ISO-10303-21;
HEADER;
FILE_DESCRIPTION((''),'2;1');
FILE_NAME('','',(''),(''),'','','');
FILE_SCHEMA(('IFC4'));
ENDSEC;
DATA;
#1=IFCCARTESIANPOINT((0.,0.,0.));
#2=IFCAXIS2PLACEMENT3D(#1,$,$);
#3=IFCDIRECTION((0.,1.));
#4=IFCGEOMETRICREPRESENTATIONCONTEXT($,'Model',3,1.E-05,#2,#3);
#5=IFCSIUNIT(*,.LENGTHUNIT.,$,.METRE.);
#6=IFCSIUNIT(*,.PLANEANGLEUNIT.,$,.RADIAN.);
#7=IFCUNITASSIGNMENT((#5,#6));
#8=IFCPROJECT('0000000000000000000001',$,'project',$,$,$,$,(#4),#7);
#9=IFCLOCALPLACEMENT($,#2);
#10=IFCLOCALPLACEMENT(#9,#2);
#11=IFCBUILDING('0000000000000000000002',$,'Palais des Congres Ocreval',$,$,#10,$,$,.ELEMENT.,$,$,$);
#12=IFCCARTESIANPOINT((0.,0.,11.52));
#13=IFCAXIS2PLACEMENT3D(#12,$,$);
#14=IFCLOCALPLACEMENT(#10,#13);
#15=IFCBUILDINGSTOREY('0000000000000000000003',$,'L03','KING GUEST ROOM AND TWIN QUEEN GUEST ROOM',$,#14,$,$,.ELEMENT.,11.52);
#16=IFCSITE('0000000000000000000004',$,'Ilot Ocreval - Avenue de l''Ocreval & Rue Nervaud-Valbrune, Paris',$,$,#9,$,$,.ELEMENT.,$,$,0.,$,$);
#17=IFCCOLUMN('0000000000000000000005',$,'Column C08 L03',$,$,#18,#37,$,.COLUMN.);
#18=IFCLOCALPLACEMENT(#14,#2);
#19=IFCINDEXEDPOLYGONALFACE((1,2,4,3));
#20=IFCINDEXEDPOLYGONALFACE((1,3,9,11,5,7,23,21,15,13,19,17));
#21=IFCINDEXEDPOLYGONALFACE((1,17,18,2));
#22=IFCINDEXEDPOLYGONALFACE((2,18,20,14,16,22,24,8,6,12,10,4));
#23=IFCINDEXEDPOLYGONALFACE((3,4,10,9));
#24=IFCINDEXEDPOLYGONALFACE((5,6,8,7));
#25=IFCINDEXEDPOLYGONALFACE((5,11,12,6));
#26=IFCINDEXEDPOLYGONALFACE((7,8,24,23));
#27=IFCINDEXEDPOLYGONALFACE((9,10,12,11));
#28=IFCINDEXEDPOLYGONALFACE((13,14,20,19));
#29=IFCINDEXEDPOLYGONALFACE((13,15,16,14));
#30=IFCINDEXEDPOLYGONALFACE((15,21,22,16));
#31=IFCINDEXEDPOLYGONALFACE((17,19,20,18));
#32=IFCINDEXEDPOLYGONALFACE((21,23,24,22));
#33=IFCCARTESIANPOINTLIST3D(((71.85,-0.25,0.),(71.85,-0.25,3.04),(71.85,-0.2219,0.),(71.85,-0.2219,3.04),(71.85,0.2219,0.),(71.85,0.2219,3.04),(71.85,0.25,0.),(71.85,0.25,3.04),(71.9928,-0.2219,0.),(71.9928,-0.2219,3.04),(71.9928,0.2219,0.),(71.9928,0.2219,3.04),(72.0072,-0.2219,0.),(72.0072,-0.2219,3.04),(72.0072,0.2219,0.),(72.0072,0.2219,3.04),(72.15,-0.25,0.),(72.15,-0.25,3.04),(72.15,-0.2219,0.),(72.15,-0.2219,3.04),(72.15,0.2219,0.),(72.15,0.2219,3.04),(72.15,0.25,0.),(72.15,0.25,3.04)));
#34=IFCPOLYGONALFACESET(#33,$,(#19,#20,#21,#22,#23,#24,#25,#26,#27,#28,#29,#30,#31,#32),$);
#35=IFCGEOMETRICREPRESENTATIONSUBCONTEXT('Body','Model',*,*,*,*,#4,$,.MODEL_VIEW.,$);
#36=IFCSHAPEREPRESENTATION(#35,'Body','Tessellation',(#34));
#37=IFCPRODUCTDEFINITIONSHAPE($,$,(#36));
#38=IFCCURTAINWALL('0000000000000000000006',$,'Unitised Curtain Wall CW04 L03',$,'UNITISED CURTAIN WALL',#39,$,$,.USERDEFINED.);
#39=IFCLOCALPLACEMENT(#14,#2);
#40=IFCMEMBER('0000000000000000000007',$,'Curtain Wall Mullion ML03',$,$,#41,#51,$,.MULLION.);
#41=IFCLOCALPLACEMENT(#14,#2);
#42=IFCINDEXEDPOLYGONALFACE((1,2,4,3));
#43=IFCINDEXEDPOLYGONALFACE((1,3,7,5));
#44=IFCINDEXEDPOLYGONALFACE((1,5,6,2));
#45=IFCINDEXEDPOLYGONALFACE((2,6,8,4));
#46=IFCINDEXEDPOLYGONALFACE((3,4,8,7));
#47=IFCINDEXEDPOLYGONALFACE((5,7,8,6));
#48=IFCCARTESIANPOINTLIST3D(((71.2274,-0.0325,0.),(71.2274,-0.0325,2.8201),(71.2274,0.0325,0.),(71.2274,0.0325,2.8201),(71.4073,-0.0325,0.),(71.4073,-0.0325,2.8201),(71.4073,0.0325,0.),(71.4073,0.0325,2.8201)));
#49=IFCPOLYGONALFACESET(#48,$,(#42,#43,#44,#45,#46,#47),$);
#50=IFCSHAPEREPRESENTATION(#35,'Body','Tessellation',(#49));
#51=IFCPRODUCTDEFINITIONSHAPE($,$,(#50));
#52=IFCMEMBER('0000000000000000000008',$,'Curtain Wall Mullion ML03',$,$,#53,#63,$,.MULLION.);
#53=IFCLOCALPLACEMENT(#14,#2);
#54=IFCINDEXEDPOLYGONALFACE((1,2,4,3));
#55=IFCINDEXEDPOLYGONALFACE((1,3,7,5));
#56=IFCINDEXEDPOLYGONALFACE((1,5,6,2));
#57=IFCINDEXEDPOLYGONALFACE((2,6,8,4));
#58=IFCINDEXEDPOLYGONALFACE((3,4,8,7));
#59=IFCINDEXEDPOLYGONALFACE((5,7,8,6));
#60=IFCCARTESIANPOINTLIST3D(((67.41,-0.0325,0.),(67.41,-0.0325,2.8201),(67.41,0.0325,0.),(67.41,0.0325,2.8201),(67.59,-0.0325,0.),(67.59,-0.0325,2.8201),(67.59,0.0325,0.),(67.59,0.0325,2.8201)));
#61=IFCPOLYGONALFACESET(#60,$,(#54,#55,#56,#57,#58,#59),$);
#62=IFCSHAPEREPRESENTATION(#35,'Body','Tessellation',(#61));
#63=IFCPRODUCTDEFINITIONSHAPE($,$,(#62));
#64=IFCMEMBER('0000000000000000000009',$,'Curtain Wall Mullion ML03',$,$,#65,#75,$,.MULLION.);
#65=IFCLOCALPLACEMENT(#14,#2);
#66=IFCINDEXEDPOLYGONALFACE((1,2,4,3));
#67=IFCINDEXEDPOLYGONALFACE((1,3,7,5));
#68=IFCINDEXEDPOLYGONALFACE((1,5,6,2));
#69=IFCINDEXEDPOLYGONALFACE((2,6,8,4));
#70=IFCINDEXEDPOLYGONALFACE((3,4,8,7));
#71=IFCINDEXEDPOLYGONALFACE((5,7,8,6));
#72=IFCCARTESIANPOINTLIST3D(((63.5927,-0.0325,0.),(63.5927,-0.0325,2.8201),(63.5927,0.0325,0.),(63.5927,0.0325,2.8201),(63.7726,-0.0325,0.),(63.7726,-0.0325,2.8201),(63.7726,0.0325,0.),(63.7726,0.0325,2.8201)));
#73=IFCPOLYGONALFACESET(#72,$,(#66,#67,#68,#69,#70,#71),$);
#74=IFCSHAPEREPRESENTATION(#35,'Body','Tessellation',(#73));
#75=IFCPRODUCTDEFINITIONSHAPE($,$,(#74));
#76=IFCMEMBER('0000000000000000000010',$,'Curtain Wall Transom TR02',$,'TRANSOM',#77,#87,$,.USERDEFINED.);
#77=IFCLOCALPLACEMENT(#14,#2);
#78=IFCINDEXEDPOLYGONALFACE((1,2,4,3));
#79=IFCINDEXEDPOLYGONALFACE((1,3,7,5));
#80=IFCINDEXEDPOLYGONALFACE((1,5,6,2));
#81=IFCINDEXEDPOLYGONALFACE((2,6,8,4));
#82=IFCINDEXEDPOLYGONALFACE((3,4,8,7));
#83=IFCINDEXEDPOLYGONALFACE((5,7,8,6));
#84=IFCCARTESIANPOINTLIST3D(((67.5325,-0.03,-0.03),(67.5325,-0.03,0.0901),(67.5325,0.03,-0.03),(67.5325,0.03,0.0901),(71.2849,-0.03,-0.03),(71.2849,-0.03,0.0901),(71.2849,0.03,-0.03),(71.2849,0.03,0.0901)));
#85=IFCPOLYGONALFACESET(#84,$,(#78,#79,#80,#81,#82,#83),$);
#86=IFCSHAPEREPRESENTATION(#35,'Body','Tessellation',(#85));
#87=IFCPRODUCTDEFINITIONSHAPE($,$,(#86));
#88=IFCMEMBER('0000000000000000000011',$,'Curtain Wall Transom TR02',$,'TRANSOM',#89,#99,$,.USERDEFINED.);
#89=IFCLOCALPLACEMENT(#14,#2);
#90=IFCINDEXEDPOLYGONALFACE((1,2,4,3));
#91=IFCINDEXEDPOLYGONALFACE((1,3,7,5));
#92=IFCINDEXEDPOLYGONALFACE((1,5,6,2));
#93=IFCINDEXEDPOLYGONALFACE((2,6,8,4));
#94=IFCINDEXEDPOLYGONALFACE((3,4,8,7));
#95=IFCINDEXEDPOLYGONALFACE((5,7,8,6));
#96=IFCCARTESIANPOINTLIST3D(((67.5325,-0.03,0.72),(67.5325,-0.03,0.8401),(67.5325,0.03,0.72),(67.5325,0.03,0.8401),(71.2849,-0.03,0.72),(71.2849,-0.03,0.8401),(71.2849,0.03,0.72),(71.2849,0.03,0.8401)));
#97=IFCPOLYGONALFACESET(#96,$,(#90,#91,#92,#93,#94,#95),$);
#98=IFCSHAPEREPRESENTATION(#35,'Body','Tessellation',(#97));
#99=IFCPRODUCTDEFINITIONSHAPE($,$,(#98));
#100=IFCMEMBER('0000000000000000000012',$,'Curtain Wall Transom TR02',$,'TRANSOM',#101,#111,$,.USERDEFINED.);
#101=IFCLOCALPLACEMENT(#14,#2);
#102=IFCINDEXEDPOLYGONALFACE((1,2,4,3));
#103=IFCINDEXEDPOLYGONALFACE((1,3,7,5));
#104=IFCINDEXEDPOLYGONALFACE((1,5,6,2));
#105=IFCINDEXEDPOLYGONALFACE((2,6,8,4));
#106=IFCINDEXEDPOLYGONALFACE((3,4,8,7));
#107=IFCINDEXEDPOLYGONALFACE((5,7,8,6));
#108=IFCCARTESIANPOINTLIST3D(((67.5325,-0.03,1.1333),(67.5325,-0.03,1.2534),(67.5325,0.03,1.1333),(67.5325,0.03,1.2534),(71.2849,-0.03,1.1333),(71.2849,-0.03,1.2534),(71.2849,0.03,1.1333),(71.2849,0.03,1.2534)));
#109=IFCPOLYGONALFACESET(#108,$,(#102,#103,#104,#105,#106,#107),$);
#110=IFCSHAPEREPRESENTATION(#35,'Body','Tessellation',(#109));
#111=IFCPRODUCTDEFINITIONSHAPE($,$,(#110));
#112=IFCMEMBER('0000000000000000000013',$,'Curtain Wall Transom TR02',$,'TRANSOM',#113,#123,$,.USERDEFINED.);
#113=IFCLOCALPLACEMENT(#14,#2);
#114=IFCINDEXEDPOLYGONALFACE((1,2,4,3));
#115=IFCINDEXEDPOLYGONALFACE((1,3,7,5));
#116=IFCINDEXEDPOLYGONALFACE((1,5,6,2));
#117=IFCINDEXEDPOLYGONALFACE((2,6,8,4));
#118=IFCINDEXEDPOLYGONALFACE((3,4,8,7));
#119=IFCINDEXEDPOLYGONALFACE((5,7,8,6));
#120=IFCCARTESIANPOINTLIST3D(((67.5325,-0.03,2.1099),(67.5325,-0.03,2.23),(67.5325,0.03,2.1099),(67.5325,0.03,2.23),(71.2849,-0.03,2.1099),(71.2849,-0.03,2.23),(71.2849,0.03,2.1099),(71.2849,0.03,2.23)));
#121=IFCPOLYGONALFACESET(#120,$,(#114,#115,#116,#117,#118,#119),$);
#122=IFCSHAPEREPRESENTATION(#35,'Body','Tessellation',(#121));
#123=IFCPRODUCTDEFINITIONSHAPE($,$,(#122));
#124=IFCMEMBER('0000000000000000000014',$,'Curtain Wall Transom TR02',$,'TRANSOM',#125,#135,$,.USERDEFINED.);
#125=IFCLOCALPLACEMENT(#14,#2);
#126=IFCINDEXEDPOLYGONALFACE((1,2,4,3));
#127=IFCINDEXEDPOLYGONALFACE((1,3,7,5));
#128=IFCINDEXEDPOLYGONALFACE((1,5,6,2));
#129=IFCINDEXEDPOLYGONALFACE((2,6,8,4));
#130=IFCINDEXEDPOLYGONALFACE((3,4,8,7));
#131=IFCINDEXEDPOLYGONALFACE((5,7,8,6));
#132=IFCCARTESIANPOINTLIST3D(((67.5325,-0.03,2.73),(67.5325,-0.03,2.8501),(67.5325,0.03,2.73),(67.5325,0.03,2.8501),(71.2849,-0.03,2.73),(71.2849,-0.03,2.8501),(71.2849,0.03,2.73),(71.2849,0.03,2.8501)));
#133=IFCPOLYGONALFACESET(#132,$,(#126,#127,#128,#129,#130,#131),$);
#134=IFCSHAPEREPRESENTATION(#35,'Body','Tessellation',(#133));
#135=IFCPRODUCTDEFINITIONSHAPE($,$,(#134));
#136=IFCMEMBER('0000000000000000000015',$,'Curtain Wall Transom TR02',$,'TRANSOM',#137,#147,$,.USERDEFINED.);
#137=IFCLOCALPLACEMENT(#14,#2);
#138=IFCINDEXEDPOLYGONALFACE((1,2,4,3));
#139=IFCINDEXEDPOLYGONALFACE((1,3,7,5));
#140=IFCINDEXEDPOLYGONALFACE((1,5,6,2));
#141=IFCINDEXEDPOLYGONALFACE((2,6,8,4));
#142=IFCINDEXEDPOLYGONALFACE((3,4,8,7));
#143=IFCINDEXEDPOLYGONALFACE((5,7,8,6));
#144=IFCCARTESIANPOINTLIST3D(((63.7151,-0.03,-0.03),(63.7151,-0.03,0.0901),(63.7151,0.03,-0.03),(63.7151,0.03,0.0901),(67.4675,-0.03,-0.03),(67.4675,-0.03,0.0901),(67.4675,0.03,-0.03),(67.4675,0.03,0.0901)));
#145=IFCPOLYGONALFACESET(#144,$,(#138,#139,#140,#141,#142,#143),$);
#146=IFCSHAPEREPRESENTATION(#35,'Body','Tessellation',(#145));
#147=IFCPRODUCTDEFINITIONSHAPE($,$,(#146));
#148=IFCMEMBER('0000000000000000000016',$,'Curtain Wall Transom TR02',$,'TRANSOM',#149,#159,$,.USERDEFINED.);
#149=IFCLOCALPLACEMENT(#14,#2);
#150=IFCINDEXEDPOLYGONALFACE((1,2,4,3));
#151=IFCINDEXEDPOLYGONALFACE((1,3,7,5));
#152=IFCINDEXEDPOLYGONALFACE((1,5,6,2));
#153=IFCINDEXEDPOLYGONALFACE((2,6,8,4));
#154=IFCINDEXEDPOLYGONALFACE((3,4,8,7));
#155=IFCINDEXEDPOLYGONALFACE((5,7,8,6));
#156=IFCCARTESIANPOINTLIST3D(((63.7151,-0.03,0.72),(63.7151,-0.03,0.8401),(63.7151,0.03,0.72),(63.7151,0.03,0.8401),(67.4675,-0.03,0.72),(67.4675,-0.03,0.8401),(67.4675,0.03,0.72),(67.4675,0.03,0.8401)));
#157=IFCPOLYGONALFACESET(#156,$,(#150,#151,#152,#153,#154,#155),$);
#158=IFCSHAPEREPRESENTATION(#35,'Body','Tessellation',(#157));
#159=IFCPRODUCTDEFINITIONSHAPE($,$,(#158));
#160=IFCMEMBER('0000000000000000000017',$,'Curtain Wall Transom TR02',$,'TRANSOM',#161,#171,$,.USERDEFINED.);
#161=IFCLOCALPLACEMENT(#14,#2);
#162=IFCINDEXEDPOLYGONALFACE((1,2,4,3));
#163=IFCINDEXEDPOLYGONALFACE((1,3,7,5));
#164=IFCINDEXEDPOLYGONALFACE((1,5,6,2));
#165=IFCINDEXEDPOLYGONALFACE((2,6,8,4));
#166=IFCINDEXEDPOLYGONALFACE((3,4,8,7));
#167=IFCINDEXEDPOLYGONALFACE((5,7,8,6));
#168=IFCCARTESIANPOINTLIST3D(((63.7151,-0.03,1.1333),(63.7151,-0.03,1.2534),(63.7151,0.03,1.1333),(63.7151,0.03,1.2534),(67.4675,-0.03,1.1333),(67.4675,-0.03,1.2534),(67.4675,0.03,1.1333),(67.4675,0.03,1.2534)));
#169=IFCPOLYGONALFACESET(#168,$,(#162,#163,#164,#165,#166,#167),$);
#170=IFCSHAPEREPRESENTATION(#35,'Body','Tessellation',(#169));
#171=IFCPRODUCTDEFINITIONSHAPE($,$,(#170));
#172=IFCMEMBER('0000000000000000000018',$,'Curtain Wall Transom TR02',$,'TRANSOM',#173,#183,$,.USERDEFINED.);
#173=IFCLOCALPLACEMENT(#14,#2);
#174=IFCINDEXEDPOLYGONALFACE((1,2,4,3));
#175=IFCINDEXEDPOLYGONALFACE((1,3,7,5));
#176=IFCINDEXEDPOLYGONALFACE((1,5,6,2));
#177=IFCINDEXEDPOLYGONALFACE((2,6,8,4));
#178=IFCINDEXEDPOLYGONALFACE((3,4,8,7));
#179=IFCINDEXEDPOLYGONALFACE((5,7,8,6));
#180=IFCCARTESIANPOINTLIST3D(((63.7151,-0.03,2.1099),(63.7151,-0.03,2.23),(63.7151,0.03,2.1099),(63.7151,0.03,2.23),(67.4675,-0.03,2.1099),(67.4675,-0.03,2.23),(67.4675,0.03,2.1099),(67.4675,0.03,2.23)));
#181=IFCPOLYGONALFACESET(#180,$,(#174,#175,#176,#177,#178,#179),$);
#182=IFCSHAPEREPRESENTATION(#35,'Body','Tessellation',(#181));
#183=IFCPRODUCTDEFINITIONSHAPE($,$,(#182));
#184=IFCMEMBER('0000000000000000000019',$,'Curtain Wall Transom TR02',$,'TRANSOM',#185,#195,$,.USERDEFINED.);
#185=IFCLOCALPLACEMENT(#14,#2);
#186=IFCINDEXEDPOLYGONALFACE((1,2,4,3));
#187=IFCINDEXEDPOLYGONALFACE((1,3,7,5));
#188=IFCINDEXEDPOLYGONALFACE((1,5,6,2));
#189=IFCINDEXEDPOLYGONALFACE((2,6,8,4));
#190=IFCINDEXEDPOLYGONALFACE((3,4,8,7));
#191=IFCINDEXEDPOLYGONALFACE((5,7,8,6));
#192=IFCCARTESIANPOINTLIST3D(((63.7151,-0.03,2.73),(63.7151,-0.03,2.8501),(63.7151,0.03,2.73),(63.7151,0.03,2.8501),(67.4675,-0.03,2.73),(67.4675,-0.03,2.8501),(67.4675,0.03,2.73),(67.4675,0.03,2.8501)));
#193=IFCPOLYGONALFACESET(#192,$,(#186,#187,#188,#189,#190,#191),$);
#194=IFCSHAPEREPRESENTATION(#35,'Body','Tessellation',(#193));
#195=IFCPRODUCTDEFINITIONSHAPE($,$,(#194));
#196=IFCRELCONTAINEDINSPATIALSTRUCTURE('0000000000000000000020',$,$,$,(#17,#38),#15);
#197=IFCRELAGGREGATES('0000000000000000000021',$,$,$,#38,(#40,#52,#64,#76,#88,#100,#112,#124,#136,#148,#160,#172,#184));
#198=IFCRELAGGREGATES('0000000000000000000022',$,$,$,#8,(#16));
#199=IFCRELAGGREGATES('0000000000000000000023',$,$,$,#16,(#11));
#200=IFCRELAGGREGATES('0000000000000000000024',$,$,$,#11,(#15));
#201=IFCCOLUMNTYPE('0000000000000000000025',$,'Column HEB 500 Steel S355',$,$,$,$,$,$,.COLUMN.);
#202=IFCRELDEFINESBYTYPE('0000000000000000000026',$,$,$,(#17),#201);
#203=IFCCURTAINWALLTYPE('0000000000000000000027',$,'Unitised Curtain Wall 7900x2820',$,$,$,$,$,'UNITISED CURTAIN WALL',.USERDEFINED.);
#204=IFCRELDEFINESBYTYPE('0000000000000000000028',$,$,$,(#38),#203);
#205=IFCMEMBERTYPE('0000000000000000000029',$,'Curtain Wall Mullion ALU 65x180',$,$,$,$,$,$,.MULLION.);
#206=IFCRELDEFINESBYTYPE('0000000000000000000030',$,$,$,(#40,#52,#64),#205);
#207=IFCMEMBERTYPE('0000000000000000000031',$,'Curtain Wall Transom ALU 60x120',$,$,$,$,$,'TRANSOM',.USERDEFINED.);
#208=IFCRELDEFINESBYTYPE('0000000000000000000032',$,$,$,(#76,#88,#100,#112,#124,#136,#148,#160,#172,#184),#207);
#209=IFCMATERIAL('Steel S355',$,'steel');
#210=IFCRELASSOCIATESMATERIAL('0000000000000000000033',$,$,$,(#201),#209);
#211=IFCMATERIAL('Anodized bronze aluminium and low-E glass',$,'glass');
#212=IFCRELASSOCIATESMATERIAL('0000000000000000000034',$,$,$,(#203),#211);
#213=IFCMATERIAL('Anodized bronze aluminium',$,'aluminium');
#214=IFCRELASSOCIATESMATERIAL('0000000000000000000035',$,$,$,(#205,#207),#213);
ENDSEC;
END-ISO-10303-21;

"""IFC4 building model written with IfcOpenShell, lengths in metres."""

from ifc_helpers import new_model, si_unit, direction, frame, origin, origin_2d, place, context, subcontext, project, spatial, rectangle, i_section, extrude, material, material_profile, profile_set, type_object, element, aggregate, save


model = new_model("IFC4")

# Units and contexts
model_context = context("Model", 3, precision=1e-05, world=origin(), true_north=direction((0.0, 1.0)))
body_context = subcontext(model_context, "Body", "Model", "MODEL_VIEW")
ifc_project = project(units=[si_unit("LENGTHUNIT", "METRE"), si_unit("PLANEANGLEUNIT", "RADIAN")], contexts=[model_context])

# Site, building, storey
site_placement = place(None, origin())
site = spatial("IfcSite", under=ifc_project, at=site_placement, Name="Ilot Ocreval - Avenue de l'Ocreval & Rue Nervaud-Valbrune, Paris", CompositionType="ELEMENT", RefElevation=0.0)
building_placement = place(site_placement, origin())
building = spatial("IfcBuilding", under=site, at=building_placement, Name="Palais des Congres Ocreval", CompositionType="ELEMENT")
storey_placement = place(building_placement, frame((0.0, 0.0, 11.52)))
storey = spatial("IfcBuildingStorey", under=building, at=storey_placement, Name="L03", Description="KING GUEST ROOM AND TWIN QUEEN GUEST ROOM", CompositionType="ELEMENT", Elevation=11.52)

# Column
ifc_material_1 = material(Name="Steel S355", Category="steel")
ifc_material_profile_1 = material_profile(ifc_material_1, i_section(OverallWidth=0.3, OverallDepth=0.5, WebThickness=0.0144, FlangeThickness=0.0281, at=origin_2d()), Name="HEB 500")
ifc_profile_set_1 = profile_set([ifc_material_profile_1], Name="Steel S355")
column_type = type_object("IfcColumnType", Name="Column HEB 500 Steel S355", PredefinedType="COLUMN", material=ifc_profile_set_1)
column_placement = place(storey_placement, frame((72.0, 0.0, 0.0), z_axis=(0.0, 0.0, 1.0), x_axis=(1.0, 0.0, 0.0)))
element("IfcColumn", 1, at=column_placement, inside=storey, type_object=column_type, Name="Column C08 L03", PredefinedType="COLUMN", context=body_context, shape_type="SweptSolid", body=[
    extrude(i_section(OverallWidth=0.3, OverallDepth=0.5, WebThickness=0.0144, FlangeThickness=0.0281, at=origin_2d()), origin(), (0.0, 0.0, 1.0), 3.04),
])

# Curtain wall, members
ifc_material_2 = material(Name="Anodized bronze aluminium and low-E glass", Category="glass")
curtain_wall_type = type_object("IfcCurtainWallType", Name="Unitised Curtain Wall 7900x2820", ElementType="UNITISED CURTAIN WALL", PredefinedType="USERDEFINED", material=ifc_material_2)
curtain_wall_placement = place(storey_placement, origin())
curtain_wall = element("IfcCurtainWall", 2, at=curtain_wall_placement, inside=storey, type_object=curtain_wall_type, Name="Unitised Curtain Wall CW04 L03", ObjectType="UNITISED CURTAIN WALL", PredefinedType="USERDEFINED")
ifc_material_3 = material(Name="Anodized bronze aluminium", Category="aluminium")
ifc_material_profile_2 = material_profile(ifc_material_3, rectangle(XDim=0.0649, YDim=0.1799, at=origin_2d()), Name="ALU 65x180")
ifc_profile_set_2 = profile_set([ifc_material_profile_2], Name="Anodized bronze aluminium")
member_type_1 = type_object("IfcMemberType", Name="Curtain Wall Mullion ALU 65x180", PredefinedType="MULLION", material=ifc_profile_set_2)
member_1_placement = place(storey_placement, frame((71.3174, 0.0, 0.0), z_axis=(0.0, 0.0, 1.0), x_axis=(0.0, -1.0, 0.0)))
member_1 = element("IfcMember", 3, at=member_1_placement, type_object=member_type_1, Name="Curtain Wall Mullion ML03", PredefinedType="MULLION", context=body_context, shape_type="SweptSolid", body=[
    extrude(rectangle(XDim=0.0649, YDim=0.1799, at=origin_2d()), origin(), (0.0, 0.0, 1.0), 2.8201),
])
member_2_placement = place(storey_placement, frame((67.5, 0.0, 0.0), z_axis=(0.0, 0.0, 1.0), x_axis=(0.0, -1.0, 0.0)))
member_2 = element("IfcMember", 4, at=member_2_placement, type_object=member_type_1, Name="Curtain Wall Mullion ML03", PredefinedType="MULLION", context=body_context, shape_type="SweptSolid", body=[
    extrude(rectangle(XDim=0.0649, YDim=0.1799, at=origin_2d()), origin(), (0.0, 0.0, 1.0), 2.8201),
])
member_3_placement = place(storey_placement, frame((63.6826, 0.0, 0.0), z_axis=(0.0, 0.0, 1.0), x_axis=(0.0, -1.0, 0.0)))
member_3 = element("IfcMember", 5, at=member_3_placement, type_object=member_type_1, Name="Curtain Wall Mullion ML03", PredefinedType="MULLION", context=body_context, shape_type="SweptSolid", body=[
    extrude(rectangle(XDim=0.0649, YDim=0.1799, at=origin_2d()), origin(), (0.0, 0.0, 1.0), 2.8201),
])
ifc_material_profile_3 = material_profile(ifc_material_3, rectangle(XDim=0.0601, YDim=0.1201, at=origin_2d()), Name="ALU 60x120")
ifc_profile_set_3 = profile_set([ifc_material_profile_3], Name="Anodized bronze aluminium")
member_type_2 = type_object("IfcMemberType", Name="Curtain Wall Transom ALU 60x120", ElementType="TRANSOM", PredefinedType="USERDEFINED", material=ifc_profile_set_3)
member_4_placement = place(storey_placement, frame((71.2849, 0.0, 0.03), z_axis=(-1.0, 0.0, 0.0), x_axis=(0.0, -1.0, 0.0)))
member_4 = element("IfcMember", 6, at=member_4_placement, type_object=member_type_2, Name="Curtain Wall Transom TR02", ObjectType="TRANSOM", PredefinedType="USERDEFINED", context=body_context, shape_type="SweptSolid", body=[
    extrude(rectangle(XDim=0.0601, YDim=0.1201, at=origin_2d()), origin(), (0.0, 0.0, 1.0), 3.7524),
])
member_5_placement = place(storey_placement, frame((71.2849, 0.0, 0.78), z_axis=(-1.0, 0.0, 0.0), x_axis=(0.0, -1.0, 0.0)))
member_5 = element("IfcMember", 7, at=member_5_placement, type_object=member_type_2, Name="Curtain Wall Transom TR02", ObjectType="TRANSOM", PredefinedType="USERDEFINED", context=body_context, shape_type="SweptSolid", body=[
    extrude(rectangle(XDim=0.0601, YDim=0.1201, at=origin_2d()), origin(), (0.0, 0.0, 1.0), 3.7524),
])
member_6_placement = place(storey_placement, frame((71.2849, 0.0, 1.1934), z_axis=(-1.0, 0.0, 0.0), x_axis=(0.0, -1.0, 0.0)))
member_6 = element("IfcMember", 8, at=member_6_placement, type_object=member_type_2, Name="Curtain Wall Transom TR02", ObjectType="TRANSOM", PredefinedType="USERDEFINED", context=body_context, shape_type="SweptSolid", body=[
    extrude(rectangle(XDim=0.0601, YDim=0.1201, at=origin_2d()), origin(), (0.0, 0.0, 1.0), 3.7524),
])
member_7_placement = place(storey_placement, frame((71.2849, 0.0, 2.1699), z_axis=(-1.0, 0.0, 0.0), x_axis=(0.0, -1.0, 0.0)))
member_7 = element("IfcMember", 9, at=member_7_placement, type_object=member_type_2, Name="Curtain Wall Transom TR02", ObjectType="TRANSOM", PredefinedType="USERDEFINED", context=body_context, shape_type="SweptSolid", body=[
    extrude(rectangle(XDim=0.0601, YDim=0.1201, at=origin_2d()), origin(), (0.0, 0.0, 1.0), 3.7524),
])
member_8_placement = place(storey_placement, frame((71.2849, 0.0, 2.79), z_axis=(-1.0, 0.0, 0.0), x_axis=(0.0, -1.0, 0.0)))
member_8 = element("IfcMember", 10, at=member_8_placement, type_object=member_type_2, Name="Curtain Wall Transom TR02", ObjectType="TRANSOM", PredefinedType="USERDEFINED", context=body_context, shape_type="SweptSolid", body=[
    extrude(rectangle(XDim=0.0601, YDim=0.1201, at=origin_2d()), origin(), (0.0, 0.0, 1.0), 3.7524),
])
member_9_placement = place(storey_placement, frame((67.4675, 0.0, 0.03), z_axis=(-1.0, 0.0, 0.0), x_axis=(0.0, -1.0, 0.0)))
member_9 = element("IfcMember", 11, at=member_9_placement, type_object=member_type_2, Name="Curtain Wall Transom TR02", ObjectType="TRANSOM", PredefinedType="USERDEFINED", context=body_context, shape_type="SweptSolid", body=[
    extrude(rectangle(XDim=0.0601, YDim=0.1201, at=origin_2d()), origin(), (0.0, 0.0, 1.0), 3.7524),
])
member_10_placement = place(storey_placement, frame((67.4675, 0.0, 0.78), z_axis=(-1.0, 0.0, 0.0), x_axis=(0.0, -1.0, 0.0)))
member_10 = element("IfcMember", 12, at=member_10_placement, type_object=member_type_2, Name="Curtain Wall Transom TR02", ObjectType="TRANSOM", PredefinedType="USERDEFINED", context=body_context, shape_type="SweptSolid", body=[
    extrude(rectangle(XDim=0.0601, YDim=0.1201, at=origin_2d()), origin(), (0.0, 0.0, 1.0), 3.7524),
])
member_11_placement = place(storey_placement, frame((67.4675, 0.0, 1.1934), z_axis=(-1.0, 0.0, 0.0), x_axis=(0.0, -1.0, 0.0)))
member_11 = element("IfcMember", 13, at=member_11_placement, type_object=member_type_2, Name="Curtain Wall Transom TR02", ObjectType="TRANSOM", PredefinedType="USERDEFINED", context=body_context, shape_type="SweptSolid", body=[
    extrude(rectangle(XDim=0.0601, YDim=0.1201, at=origin_2d()), origin(), (0.0, 0.0, 1.0), 3.7524),
])
member_12_placement = place(storey_placement, frame((67.4675, 0.0, 2.1699), z_axis=(-1.0, 0.0, 0.0), x_axis=(0.0, -1.0, 0.0)))
member_12 = element("IfcMember", 14, at=member_12_placement, type_object=member_type_2, Name="Curtain Wall Transom TR02", ObjectType="TRANSOM", PredefinedType="USERDEFINED", context=body_context, shape_type="SweptSolid", body=[
    extrude(rectangle(XDim=0.0601, YDim=0.1201, at=origin_2d()), origin(), (0.0, 0.0, 1.0), 3.7524),
])
member_13_placement = place(storey_placement, frame((67.4675, 0.0, 2.79), z_axis=(-1.0, 0.0, 0.0), x_axis=(0.0, -1.0, 0.0)))
member_13 = element("IfcMember", 15, at=member_13_placement, type_object=member_type_2, Name="Curtain Wall Transom TR02", ObjectType="TRANSOM", PredefinedType="USERDEFINED", context=body_context, shape_type="SweptSolid", body=[
    extrude(rectangle(XDim=0.0601, YDim=0.1201, at=origin_2d()), origin(), (0.0, 0.0, 1.0), 3.7524),
])

aggregate(curtain_wall, [member_1, member_2, member_3, member_4, member_5, member_6, member_7, member_8, member_9, member_10, member_11, member_12, member_13])

save(model, "model.ifc")
